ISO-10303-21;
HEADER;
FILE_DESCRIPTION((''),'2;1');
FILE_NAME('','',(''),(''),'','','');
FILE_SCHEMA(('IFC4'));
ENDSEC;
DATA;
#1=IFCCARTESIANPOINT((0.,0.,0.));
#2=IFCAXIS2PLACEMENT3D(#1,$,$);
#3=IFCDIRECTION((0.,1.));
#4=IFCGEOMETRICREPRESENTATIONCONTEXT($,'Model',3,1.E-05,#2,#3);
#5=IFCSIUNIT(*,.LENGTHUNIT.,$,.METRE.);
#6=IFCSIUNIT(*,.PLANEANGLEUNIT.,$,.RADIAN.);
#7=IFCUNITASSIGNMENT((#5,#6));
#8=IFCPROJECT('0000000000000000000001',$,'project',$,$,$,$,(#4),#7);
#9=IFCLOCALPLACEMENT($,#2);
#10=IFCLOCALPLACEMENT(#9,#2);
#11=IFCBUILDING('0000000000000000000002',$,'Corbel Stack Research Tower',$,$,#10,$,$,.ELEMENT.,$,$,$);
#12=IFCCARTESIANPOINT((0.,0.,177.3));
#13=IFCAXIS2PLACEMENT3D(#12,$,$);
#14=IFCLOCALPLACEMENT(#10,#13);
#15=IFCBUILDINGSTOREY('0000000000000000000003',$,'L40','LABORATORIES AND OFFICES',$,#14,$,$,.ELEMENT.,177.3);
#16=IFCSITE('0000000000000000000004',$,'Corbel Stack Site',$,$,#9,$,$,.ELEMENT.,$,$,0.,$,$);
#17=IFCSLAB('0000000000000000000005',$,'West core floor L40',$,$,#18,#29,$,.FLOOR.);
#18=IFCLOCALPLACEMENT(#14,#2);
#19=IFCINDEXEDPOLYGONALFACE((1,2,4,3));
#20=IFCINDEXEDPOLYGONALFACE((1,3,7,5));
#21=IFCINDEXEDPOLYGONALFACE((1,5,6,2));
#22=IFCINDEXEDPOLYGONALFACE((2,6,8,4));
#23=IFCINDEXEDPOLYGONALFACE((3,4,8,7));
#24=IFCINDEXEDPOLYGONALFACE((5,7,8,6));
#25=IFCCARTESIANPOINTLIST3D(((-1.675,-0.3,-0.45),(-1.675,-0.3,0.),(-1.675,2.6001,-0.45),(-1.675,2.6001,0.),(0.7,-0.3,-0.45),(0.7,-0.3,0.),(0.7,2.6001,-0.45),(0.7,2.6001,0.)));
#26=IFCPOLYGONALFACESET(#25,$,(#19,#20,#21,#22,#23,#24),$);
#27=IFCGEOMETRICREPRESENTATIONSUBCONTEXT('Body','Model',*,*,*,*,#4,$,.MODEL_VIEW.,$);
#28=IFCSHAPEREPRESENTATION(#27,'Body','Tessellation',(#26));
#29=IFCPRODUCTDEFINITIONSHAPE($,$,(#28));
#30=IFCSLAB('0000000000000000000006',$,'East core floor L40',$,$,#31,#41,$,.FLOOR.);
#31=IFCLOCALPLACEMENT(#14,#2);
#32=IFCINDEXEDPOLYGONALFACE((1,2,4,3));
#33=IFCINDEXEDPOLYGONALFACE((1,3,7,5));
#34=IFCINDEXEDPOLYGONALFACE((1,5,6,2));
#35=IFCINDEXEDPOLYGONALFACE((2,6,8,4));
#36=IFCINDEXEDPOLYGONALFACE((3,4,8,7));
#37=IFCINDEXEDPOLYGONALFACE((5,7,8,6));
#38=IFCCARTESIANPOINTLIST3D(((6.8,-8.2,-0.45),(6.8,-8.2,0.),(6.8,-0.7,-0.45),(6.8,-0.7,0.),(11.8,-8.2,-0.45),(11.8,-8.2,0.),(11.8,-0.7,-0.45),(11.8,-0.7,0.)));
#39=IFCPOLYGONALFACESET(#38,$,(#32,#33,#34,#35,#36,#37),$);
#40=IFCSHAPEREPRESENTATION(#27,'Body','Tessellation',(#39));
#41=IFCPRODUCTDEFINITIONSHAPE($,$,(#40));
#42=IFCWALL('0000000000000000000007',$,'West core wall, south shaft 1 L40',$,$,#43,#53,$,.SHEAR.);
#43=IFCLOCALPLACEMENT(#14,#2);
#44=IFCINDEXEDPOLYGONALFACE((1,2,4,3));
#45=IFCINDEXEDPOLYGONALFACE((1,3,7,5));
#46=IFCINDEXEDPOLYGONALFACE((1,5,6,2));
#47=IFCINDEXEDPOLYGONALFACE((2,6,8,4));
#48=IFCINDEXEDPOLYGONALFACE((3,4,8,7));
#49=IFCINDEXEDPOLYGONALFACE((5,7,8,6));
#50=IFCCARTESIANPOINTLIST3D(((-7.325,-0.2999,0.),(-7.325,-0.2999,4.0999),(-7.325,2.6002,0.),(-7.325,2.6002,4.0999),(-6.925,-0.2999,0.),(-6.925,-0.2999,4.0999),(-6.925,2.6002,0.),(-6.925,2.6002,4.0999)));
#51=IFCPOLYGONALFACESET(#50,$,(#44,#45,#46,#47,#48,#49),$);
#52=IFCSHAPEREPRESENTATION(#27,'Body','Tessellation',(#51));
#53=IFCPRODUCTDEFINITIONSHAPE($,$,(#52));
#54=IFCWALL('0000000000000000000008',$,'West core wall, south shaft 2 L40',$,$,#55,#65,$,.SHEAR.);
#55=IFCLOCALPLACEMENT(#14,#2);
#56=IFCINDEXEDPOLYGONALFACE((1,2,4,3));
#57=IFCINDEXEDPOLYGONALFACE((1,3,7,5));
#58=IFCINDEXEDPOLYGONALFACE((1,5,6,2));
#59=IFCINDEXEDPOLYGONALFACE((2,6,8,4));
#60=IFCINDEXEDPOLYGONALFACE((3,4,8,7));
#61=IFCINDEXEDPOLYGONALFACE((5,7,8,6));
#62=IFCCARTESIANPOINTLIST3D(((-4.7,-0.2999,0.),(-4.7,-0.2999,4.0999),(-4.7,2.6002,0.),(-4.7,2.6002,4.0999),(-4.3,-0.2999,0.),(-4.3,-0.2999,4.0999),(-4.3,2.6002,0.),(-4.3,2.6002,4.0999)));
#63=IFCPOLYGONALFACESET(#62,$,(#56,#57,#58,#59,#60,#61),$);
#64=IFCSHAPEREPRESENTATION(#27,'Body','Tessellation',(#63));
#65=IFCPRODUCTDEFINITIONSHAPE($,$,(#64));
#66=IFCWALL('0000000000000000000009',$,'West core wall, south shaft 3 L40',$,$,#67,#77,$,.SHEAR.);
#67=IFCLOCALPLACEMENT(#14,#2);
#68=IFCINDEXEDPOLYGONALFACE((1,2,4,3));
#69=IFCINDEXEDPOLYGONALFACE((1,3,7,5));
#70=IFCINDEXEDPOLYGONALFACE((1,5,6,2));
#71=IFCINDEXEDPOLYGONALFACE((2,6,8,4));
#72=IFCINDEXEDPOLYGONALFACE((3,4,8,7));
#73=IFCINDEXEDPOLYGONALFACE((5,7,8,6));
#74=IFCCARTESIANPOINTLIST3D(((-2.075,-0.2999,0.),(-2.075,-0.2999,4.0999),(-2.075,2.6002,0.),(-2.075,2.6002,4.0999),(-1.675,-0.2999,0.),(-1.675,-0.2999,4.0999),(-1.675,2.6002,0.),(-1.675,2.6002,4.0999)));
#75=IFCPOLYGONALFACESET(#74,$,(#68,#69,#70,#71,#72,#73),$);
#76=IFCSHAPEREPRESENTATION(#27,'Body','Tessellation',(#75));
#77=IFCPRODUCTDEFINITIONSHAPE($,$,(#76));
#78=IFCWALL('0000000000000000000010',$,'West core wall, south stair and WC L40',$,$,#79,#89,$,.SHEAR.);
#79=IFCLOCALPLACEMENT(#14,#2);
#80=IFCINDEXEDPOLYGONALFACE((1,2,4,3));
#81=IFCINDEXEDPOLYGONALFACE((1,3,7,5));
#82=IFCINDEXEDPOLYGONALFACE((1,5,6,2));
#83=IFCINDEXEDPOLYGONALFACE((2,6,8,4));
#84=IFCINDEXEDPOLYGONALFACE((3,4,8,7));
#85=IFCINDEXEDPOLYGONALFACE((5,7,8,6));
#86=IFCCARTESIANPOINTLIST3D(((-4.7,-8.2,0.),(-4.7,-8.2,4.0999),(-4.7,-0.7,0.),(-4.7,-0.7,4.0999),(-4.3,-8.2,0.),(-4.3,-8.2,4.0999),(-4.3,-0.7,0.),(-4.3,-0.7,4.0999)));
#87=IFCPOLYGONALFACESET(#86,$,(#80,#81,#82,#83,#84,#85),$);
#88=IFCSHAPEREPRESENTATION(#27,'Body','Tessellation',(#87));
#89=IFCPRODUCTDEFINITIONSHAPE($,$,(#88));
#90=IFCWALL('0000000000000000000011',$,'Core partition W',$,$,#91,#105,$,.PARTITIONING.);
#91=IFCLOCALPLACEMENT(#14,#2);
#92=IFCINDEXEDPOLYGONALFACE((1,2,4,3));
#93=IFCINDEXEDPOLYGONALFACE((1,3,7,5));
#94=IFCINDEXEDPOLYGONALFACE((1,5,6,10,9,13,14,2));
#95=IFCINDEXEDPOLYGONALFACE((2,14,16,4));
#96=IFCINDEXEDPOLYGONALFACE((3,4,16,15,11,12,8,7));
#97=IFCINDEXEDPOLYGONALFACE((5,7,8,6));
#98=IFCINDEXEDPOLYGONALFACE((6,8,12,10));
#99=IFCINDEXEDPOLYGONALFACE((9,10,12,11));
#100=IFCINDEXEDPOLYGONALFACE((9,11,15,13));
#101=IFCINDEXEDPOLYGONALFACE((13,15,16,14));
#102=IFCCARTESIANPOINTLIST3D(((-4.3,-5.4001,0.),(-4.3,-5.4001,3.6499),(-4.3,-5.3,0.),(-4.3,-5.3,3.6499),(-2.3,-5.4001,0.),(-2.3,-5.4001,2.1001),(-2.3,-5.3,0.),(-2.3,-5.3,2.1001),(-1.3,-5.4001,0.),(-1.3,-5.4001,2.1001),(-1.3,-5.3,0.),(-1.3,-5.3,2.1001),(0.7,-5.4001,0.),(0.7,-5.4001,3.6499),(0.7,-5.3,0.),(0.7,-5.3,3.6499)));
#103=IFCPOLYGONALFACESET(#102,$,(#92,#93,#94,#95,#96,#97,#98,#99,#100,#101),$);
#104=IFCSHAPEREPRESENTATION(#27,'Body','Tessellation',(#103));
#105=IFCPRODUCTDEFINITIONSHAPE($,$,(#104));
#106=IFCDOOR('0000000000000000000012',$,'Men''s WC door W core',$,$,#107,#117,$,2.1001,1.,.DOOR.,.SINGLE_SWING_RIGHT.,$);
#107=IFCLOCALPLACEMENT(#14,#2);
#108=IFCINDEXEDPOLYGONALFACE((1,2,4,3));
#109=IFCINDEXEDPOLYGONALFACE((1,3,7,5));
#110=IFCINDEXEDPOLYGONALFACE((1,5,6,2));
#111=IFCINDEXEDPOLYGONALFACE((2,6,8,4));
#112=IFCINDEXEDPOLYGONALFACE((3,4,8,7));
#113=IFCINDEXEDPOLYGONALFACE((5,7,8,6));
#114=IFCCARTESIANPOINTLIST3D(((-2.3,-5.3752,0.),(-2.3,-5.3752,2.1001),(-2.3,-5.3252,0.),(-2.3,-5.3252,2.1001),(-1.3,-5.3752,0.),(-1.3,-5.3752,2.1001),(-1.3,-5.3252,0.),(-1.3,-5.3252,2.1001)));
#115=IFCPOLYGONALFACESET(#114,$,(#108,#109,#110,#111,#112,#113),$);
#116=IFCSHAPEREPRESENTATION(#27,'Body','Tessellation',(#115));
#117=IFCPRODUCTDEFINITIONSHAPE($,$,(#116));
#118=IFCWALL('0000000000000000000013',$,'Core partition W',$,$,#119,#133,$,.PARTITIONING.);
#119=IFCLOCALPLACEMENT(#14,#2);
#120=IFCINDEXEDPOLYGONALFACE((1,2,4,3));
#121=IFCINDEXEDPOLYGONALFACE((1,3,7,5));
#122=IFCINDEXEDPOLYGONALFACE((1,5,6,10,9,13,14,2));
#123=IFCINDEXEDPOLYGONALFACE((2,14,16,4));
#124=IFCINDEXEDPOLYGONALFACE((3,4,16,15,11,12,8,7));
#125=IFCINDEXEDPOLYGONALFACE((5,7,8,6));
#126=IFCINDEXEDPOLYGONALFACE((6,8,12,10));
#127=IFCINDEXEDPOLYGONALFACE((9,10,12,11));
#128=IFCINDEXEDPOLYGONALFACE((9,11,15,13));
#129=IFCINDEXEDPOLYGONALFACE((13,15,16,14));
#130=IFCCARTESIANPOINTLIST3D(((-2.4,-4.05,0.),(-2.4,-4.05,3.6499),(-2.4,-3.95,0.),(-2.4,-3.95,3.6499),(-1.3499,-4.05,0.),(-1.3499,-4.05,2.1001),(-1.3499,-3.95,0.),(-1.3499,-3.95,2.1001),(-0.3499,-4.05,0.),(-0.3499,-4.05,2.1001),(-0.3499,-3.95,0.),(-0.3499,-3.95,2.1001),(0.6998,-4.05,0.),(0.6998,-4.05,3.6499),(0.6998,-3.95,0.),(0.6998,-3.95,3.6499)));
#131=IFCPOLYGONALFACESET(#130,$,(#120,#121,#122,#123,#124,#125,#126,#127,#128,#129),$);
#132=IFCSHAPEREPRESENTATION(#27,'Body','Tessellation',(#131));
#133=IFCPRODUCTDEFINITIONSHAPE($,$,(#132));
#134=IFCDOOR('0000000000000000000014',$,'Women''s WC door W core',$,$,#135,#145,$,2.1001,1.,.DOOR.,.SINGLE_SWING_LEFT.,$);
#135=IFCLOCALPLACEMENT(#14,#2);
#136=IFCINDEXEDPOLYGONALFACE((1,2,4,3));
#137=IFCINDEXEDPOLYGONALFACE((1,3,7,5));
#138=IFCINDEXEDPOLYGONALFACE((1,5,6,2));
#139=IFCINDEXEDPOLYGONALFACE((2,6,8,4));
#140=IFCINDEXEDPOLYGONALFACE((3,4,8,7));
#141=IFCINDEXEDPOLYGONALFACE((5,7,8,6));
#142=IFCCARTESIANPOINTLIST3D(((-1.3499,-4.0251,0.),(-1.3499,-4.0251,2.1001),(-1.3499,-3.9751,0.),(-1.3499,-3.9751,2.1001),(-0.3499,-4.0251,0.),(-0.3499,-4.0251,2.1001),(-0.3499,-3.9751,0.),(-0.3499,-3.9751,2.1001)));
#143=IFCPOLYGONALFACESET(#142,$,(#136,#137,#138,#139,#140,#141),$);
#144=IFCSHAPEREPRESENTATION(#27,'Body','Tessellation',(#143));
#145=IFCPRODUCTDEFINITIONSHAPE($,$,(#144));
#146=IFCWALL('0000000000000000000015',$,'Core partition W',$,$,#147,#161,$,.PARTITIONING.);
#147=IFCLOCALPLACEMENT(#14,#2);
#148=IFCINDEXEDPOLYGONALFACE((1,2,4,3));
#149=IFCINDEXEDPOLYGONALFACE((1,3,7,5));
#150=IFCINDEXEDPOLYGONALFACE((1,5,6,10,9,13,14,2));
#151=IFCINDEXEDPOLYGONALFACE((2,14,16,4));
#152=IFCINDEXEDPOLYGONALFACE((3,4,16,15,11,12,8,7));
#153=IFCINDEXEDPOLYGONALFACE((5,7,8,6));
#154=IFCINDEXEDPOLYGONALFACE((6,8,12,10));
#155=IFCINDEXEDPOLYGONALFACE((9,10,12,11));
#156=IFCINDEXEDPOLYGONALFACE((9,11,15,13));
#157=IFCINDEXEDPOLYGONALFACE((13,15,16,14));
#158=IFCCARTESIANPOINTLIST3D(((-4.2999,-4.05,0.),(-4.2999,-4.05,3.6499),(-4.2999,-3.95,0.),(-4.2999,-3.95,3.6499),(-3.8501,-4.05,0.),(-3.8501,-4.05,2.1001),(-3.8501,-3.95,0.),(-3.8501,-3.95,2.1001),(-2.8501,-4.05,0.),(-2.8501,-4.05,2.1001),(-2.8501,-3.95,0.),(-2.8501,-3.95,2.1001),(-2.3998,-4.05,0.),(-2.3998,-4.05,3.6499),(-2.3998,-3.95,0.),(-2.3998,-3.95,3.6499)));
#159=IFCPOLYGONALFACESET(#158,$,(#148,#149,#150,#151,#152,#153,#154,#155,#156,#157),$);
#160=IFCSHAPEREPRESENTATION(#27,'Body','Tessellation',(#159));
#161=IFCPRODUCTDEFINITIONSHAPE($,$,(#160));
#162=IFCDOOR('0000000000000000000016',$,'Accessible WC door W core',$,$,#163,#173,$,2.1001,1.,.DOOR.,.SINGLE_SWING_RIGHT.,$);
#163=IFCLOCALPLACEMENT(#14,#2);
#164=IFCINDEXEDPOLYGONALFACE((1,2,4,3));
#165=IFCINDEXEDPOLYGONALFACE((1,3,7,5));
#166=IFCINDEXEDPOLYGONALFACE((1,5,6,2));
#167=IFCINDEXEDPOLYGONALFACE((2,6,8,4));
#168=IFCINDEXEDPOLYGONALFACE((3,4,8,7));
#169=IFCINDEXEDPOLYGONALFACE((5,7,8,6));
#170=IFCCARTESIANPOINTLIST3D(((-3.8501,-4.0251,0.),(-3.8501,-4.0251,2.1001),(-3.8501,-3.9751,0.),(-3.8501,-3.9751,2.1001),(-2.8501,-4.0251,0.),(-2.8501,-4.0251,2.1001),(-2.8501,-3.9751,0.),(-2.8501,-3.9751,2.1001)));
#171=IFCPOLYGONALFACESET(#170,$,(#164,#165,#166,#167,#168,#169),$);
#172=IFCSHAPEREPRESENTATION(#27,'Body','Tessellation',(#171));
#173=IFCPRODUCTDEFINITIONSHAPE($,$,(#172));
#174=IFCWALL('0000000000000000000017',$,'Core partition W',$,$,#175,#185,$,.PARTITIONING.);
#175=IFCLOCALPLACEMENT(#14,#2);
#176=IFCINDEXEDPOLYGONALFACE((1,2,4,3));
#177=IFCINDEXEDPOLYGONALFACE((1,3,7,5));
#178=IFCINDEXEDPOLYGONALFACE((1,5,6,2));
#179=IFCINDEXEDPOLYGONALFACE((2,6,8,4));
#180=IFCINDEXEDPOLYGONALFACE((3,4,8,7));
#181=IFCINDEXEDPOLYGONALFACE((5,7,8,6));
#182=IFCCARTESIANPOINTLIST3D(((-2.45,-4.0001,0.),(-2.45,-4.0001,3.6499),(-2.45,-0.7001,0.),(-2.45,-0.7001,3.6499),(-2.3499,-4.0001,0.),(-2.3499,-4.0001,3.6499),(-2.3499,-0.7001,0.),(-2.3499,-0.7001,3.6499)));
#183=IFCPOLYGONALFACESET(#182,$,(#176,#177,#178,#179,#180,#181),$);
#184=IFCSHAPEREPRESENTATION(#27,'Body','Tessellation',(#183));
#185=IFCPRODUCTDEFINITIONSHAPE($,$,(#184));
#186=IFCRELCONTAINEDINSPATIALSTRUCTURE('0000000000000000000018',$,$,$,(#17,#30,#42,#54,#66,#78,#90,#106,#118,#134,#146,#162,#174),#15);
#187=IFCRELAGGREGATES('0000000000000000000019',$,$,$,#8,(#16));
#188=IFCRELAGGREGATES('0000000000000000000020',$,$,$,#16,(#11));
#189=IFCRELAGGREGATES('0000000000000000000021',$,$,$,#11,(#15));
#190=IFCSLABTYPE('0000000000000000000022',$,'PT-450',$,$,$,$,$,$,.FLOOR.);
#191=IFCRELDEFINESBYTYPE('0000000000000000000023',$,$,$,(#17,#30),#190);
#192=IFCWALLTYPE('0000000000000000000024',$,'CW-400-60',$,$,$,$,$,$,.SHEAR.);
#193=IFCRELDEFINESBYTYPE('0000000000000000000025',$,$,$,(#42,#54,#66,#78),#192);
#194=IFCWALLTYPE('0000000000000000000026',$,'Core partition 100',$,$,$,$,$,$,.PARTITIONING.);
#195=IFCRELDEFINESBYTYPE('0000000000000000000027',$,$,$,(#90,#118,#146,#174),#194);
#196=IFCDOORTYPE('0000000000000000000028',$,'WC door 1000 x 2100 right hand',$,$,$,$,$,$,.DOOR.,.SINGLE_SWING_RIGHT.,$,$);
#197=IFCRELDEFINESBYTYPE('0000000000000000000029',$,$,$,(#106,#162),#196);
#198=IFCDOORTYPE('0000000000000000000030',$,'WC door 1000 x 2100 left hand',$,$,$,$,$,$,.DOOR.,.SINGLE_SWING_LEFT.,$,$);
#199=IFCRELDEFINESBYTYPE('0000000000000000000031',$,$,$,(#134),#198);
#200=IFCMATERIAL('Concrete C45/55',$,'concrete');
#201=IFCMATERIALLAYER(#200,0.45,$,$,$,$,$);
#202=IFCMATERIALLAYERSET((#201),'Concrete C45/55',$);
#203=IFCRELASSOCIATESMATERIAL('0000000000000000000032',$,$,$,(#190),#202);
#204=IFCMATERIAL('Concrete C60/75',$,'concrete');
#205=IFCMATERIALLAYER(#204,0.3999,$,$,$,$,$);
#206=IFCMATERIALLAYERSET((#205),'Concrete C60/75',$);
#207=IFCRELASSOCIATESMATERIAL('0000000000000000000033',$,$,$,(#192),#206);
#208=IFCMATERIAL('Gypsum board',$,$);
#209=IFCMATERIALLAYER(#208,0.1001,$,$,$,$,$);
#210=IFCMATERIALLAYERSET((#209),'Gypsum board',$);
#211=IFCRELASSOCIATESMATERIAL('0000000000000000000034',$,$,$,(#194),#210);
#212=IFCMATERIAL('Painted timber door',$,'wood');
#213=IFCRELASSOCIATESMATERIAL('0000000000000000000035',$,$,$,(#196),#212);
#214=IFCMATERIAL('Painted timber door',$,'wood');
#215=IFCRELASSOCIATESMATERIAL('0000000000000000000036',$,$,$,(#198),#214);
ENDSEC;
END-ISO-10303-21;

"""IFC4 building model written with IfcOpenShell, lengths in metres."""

from ifc_helpers import new_model, si_unit, direction, frame, frame_2d, origin, place, context, subcontext, project, spatial, polyline, rectangle, outline, extrude, material, layer, layer_set, type_object, element, fill, save


model = new_model("IFC4")

# Units and contexts
model_context = context("Model", 3, precision=1e-05, world=origin(), true_north=direction((0.0, 1.0)))
body_context = subcontext(model_context, "Body", "Model", "MODEL_VIEW")
ifc_project = project(units=[si_unit("LENGTHUNIT", "METRE"), si_unit("PLANEANGLEUNIT", "RADIAN")], contexts=[model_context])

# Site, building, storey
site_placement = place(None, origin())
site = spatial("IfcSite", under=ifc_project, at=site_placement, Name="Corbel Stack Site", CompositionType="ELEMENT", RefElevation=0.0)
building_placement = place(site_placement, origin())
building = spatial("IfcBuilding", under=site, at=building_placement, Name="Corbel Stack Research Tower", CompositionType="ELEMENT")
storey_placement = place(building_placement, frame((0.0, 0.0, 177.3)))
storey = spatial("IfcBuildingStorey", under=building, at=storey_placement, Name="L40", Description="LABORATORIES AND OFFICES", CompositionType="ELEMENT", Elevation=177.3)

# Slabs
ifc_material_1 = material(Name="Concrete C45/55", Category="concrete")
ifc_layer_1 = layer(ifc_material_1, 0.45)
ifc_layer_set_1 = layer_set([ifc_layer_1], Name="Concrete C45/55")
slab_type = type_object("IfcSlabType", Name="PT-450", PredefinedType="FLOOR", material=ifc_layer_set_1)
slab_1_placement = place(storey_placement, frame((0.0, 0.0, -0.45)))
element("IfcSlab", 1, at=slab_1_placement, inside=storey, type_object=slab_type, Name="West core floor L40", PredefinedType="FLOOR", context=body_context, shape_type="SweptSolid", body=[
    extrude(outline(polyline([(0.7, -0.3), (0.7, 2.6001), (-1.675, 2.6001), (-1.675, -0.3), (0.7, -0.3)])), origin(), (0.0, 0.0, 1.0), 0.45),
])
slab_2_placement = place(storey_placement, frame((0.0, 0.0, -0.45)))
element("IfcSlab", 2, at=slab_2_placement, inside=storey, type_object=slab_type, Name="East core floor L40", PredefinedType="FLOOR", context=body_context, shape_type="SweptSolid", body=[
    extrude(outline(polyline([(6.8, -0.7), (6.8, -8.2), (11.8, -8.2), (11.8, -0.7), (6.8, -0.7)])), origin(), (0.0, 0.0, 1.0), 0.45),
])

# Walls
ifc_material_2 = material(Name="Concrete C60/75", Category="concrete")
ifc_layer_2 = layer(ifc_material_2, 0.3999)
ifc_layer_set_2 = layer_set([ifc_layer_2], Name="Concrete C60/75")
wall_type_1 = type_object("IfcWallType", Name="CW-400-60", PredefinedType="SHEAR", material=ifc_layer_set_2)
for number, where, z_axis, x_axis, name in (
    (3, (-7.125, -0.3, 0.0), (0.0, 0.0, 1.0), (0.0, 1.0, 0.0), "West core wall, south shaft 1 L40"),
    (4, (-4.5, -0.3, 0.0), (0.0, 0.0, 1.0), (0.0, 1.0, 0.0), "West core wall, south shaft 2 L40"),
    (5, (-1.875, -0.3, 0.0), (0.0, 0.0, 1.0), (0.0, 1.0, 0.0), "West core wall, south shaft 3 L40"),
):
    element("IfcWall", number, at=place(storey_placement, frame(where, z_axis=z_axis, x_axis=x_axis)), inside=storey, type_object=wall_type_1, Name=name, PredefinedType="SHEAR", context=body_context, shape_type="SweptSolid", body=[
        extrude(rectangle(XDim=2.9001, YDim=0.3999, at=frame_2d((1.4502, 0.0))), origin(), (0.0, 0.0, 1.0), 4.0999),
    ])
wall_1_placement = place(storey_placement, frame((-4.5, -8.2, 0.0), z_axis=(0.0, 0.0, 1.0), x_axis=(0.0, 1.0, 0.0)))
element("IfcWall", 6, at=wall_1_placement, inside=storey, type_object=wall_type_1, Name="West core wall, south stair and WC L40", PredefinedType="SHEAR", context=body_context, shape_type="SweptSolid", body=[
    extrude(rectangle(XDim=7.5, YDim=0.3999, at=frame_2d((3.75, 0.0))), origin(), (0.0, 0.0, 1.0), 4.0999),
])

# Walls, openings, doors
ifc_material_3 = material(Name="Gypsum board")
ifc_layer_3 = layer(ifc_material_3, 0.1001)
ifc_layer_set_3 = layer_set([ifc_layer_3], Name="Gypsum board")
wall_type_2 = type_object("IfcWallType", Name="Core partition 100", PredefinedType="PARTITIONING", material=ifc_layer_set_3)
wall_2_placement = place(storey_placement, frame((-4.3, -5.3501, 0.0), z_axis=(0.0, 0.0, 1.0), x_axis=(1.0, 0.0, 0.0)))
wall_2 = element("IfcWall", 7, at=wall_2_placement, inside=storey, type_object=wall_type_2, Name="Core partition W", PredefinedType="PARTITIONING", context=body_context, shape_type="SweptSolid", body=[
    extrude(rectangle(XDim=5.0, YDim=0.1001, at=frame_2d((2.5, 0.0))), origin(), (0.0, 0.0, 1.0), 3.6499),
])
opening_1_placement = place(wall_2_placement, frame((2.0, 0.0, 0.0)))
opening_1 = element("IfcOpeningElement", 8, at=opening_1_placement, cuts=wall_2, PredefinedType="OPENING", context=body_context, shape_type="SweptSolid", body=[
    extrude(rectangle(XDim=1.0, YDim=2.1001, at=frame_2d((0.5, 1.05))), frame((0.0, 0.0601, 0.0), z_axis=(0.0, -1.0, 0.0), x_axis=(1.0, 0.0, 0.0)), (0.0, 0.0, 1.0), 0.1201),
])
ifc_material_4 = material(Name="Painted timber door", Category="wood")
door_type_1 = type_object("IfcDoorType", Name="WC door 1000 x 2100 right hand", OperationType="SINGLE_SWING_RIGHT", PredefinedType="DOOR", material=ifc_material_4)
door_1_placement = place(opening_1_placement, origin())
door_1 = element("IfcDoor", 9, at=door_1_placement, inside=storey, type_object=door_type_1, Name="Men's WC door W core", OperationType="SINGLE_SWING_RIGHT", OverallHeight=2.1001, OverallWidth=1.0, PredefinedType="DOOR", context=body_context, shape_type="SweptSolid", body=[
    extrude(rectangle(XDim=1.0, YDim=2.1001, at=frame_2d((0.5, 1.05))), frame((0.0, 0.0249, 0.0), z_axis=(0.0, -1.0, 0.0), x_axis=(1.0, 0.0, 0.0)), (0.0, 0.0, 1.0), 0.05),
])
fill(opening_1, door_1)
wall_3_placement = place(storey_placement, frame((-2.3999, -4.0, 0.0), z_axis=(0.0, 0.0, 1.0), x_axis=(1.0, 0.0, 0.0)))
wall_3 = element("IfcWall", 10, at=wall_3_placement, inside=storey, type_object=wall_type_2, Name="Core partition W", PredefinedType="PARTITIONING", context=body_context, shape_type="SweptSolid", body=[
    extrude(rectangle(XDim=3.0999, YDim=0.1001, at=frame_2d((1.5498, 0.0))), origin(), (0.0, 0.0, 1.0), 3.6499),
])
opening_2_placement = place(wall_3_placement, frame((1.05, 0.0, 0.0)))
opening_2 = element("IfcOpeningElement", 11, at=opening_2_placement, cuts=wall_3, PredefinedType="OPENING", context=body_context, shape_type="SweptSolid", body=[
    extrude(rectangle(XDim=1.0, YDim=2.1001, at=frame_2d((0.5, 1.05))), frame((0.0, 0.0601, 0.0), z_axis=(0.0, -1.0, 0.0), x_axis=(1.0, 0.0, 0.0)), (0.0, 0.0, 1.0), 0.1201),
])
ifc_material_5 = material(Name="Painted timber door", Category="wood")
door_type_2 = type_object("IfcDoorType", Name="WC door 1000 x 2100 left hand", OperationType="SINGLE_SWING_LEFT", PredefinedType="DOOR", material=ifc_material_5)
door_2_placement = place(opening_2_placement, origin())
door_2 = element("IfcDoor", 12, at=door_2_placement, inside=storey, type_object=door_type_2, Name="Women's WC door W core", OperationType="SINGLE_SWING_LEFT", OverallHeight=2.1001, OverallWidth=1.0, PredefinedType="DOOR", context=body_context, shape_type="SweptSolid", body=[
    extrude(rectangle(XDim=1.0, YDim=2.1001, at=frame_2d((0.5, 1.05))), frame((0.0, 0.0249, 0.0), z_axis=(0.0, -1.0, 0.0), x_axis=(1.0, 0.0, 0.0)), (0.0, 0.0, 1.0), 0.05),
])
fill(opening_2, door_2)
wall_4_placement = place(storey_placement, frame((-4.3, -4.0, 0.0), z_axis=(0.0, 0.0, 1.0), x_axis=(1.0, 0.0, 0.0)))
wall_4 = element("IfcWall", 13, at=wall_4_placement, inside=storey, type_object=wall_type_2, Name="Core partition W", PredefinedType="PARTITIONING", context=body_context, shape_type="SweptSolid", body=[
    extrude(rectangle(XDim=1.9001, YDim=0.1001, at=frame_2d((0.9502, 0.0))), origin(), (0.0, 0.0, 1.0), 3.6499),
])
opening_3_placement = place(wall_4_placement, frame((0.45, 0.0, 0.0)))
opening_3 = element("IfcOpeningElement", 14, at=opening_3_placement, cuts=wall_4, PredefinedType="OPENING", context=body_context, shape_type="SweptSolid", body=[
    extrude(rectangle(XDim=1.0, YDim=2.1001, at=frame_2d((0.5, 1.05))), frame((0.0, 0.0601, 0.0), z_axis=(0.0, -1.0, 0.0), x_axis=(1.0, 0.0, 0.0)), (0.0, 0.0, 1.0), 0.1201),
])
door_3_placement = place(opening_3_placement, origin())
door_3 = element("IfcDoor", 15, at=door_3_placement, inside=storey, type_object=door_type_1, Name="Accessible WC door W core", OperationType="SINGLE_SWING_RIGHT", OverallHeight=2.1001, OverallWidth=1.0, PredefinedType="DOOR", context=body_context, shape_type="SweptSolid", body=[
    extrude(rectangle(XDim=1.0, YDim=2.1001, at=frame_2d((0.5, 1.05))), frame((0.0, 0.0249, 0.0), z_axis=(0.0, -1.0, 0.0), x_axis=(1.0, 0.0, 0.0)), (0.0, 0.0, 1.0), 0.05),
])
fill(opening_3, door_3)

# Wall
wall_5_placement = place(storey_placement, frame((-2.3999, -4.0, 0.0), z_axis=(0.0, 0.0, 1.0), x_axis=(0.0, 1.0, 0.0)))
element("IfcWall", 16, at=wall_5_placement, inside=storey, type_object=wall_type_2, Name="Core partition W", PredefinedType="PARTITIONING", context=body_context, shape_type="SweptSolid", body=[
    extrude(rectangle(XDim=3.3, YDim=0.1001, at=frame_2d((1.6499, 0.0))), origin(), (0.0, 0.0, 1.0), 3.6499),
])

save(model, "model.ifc")
